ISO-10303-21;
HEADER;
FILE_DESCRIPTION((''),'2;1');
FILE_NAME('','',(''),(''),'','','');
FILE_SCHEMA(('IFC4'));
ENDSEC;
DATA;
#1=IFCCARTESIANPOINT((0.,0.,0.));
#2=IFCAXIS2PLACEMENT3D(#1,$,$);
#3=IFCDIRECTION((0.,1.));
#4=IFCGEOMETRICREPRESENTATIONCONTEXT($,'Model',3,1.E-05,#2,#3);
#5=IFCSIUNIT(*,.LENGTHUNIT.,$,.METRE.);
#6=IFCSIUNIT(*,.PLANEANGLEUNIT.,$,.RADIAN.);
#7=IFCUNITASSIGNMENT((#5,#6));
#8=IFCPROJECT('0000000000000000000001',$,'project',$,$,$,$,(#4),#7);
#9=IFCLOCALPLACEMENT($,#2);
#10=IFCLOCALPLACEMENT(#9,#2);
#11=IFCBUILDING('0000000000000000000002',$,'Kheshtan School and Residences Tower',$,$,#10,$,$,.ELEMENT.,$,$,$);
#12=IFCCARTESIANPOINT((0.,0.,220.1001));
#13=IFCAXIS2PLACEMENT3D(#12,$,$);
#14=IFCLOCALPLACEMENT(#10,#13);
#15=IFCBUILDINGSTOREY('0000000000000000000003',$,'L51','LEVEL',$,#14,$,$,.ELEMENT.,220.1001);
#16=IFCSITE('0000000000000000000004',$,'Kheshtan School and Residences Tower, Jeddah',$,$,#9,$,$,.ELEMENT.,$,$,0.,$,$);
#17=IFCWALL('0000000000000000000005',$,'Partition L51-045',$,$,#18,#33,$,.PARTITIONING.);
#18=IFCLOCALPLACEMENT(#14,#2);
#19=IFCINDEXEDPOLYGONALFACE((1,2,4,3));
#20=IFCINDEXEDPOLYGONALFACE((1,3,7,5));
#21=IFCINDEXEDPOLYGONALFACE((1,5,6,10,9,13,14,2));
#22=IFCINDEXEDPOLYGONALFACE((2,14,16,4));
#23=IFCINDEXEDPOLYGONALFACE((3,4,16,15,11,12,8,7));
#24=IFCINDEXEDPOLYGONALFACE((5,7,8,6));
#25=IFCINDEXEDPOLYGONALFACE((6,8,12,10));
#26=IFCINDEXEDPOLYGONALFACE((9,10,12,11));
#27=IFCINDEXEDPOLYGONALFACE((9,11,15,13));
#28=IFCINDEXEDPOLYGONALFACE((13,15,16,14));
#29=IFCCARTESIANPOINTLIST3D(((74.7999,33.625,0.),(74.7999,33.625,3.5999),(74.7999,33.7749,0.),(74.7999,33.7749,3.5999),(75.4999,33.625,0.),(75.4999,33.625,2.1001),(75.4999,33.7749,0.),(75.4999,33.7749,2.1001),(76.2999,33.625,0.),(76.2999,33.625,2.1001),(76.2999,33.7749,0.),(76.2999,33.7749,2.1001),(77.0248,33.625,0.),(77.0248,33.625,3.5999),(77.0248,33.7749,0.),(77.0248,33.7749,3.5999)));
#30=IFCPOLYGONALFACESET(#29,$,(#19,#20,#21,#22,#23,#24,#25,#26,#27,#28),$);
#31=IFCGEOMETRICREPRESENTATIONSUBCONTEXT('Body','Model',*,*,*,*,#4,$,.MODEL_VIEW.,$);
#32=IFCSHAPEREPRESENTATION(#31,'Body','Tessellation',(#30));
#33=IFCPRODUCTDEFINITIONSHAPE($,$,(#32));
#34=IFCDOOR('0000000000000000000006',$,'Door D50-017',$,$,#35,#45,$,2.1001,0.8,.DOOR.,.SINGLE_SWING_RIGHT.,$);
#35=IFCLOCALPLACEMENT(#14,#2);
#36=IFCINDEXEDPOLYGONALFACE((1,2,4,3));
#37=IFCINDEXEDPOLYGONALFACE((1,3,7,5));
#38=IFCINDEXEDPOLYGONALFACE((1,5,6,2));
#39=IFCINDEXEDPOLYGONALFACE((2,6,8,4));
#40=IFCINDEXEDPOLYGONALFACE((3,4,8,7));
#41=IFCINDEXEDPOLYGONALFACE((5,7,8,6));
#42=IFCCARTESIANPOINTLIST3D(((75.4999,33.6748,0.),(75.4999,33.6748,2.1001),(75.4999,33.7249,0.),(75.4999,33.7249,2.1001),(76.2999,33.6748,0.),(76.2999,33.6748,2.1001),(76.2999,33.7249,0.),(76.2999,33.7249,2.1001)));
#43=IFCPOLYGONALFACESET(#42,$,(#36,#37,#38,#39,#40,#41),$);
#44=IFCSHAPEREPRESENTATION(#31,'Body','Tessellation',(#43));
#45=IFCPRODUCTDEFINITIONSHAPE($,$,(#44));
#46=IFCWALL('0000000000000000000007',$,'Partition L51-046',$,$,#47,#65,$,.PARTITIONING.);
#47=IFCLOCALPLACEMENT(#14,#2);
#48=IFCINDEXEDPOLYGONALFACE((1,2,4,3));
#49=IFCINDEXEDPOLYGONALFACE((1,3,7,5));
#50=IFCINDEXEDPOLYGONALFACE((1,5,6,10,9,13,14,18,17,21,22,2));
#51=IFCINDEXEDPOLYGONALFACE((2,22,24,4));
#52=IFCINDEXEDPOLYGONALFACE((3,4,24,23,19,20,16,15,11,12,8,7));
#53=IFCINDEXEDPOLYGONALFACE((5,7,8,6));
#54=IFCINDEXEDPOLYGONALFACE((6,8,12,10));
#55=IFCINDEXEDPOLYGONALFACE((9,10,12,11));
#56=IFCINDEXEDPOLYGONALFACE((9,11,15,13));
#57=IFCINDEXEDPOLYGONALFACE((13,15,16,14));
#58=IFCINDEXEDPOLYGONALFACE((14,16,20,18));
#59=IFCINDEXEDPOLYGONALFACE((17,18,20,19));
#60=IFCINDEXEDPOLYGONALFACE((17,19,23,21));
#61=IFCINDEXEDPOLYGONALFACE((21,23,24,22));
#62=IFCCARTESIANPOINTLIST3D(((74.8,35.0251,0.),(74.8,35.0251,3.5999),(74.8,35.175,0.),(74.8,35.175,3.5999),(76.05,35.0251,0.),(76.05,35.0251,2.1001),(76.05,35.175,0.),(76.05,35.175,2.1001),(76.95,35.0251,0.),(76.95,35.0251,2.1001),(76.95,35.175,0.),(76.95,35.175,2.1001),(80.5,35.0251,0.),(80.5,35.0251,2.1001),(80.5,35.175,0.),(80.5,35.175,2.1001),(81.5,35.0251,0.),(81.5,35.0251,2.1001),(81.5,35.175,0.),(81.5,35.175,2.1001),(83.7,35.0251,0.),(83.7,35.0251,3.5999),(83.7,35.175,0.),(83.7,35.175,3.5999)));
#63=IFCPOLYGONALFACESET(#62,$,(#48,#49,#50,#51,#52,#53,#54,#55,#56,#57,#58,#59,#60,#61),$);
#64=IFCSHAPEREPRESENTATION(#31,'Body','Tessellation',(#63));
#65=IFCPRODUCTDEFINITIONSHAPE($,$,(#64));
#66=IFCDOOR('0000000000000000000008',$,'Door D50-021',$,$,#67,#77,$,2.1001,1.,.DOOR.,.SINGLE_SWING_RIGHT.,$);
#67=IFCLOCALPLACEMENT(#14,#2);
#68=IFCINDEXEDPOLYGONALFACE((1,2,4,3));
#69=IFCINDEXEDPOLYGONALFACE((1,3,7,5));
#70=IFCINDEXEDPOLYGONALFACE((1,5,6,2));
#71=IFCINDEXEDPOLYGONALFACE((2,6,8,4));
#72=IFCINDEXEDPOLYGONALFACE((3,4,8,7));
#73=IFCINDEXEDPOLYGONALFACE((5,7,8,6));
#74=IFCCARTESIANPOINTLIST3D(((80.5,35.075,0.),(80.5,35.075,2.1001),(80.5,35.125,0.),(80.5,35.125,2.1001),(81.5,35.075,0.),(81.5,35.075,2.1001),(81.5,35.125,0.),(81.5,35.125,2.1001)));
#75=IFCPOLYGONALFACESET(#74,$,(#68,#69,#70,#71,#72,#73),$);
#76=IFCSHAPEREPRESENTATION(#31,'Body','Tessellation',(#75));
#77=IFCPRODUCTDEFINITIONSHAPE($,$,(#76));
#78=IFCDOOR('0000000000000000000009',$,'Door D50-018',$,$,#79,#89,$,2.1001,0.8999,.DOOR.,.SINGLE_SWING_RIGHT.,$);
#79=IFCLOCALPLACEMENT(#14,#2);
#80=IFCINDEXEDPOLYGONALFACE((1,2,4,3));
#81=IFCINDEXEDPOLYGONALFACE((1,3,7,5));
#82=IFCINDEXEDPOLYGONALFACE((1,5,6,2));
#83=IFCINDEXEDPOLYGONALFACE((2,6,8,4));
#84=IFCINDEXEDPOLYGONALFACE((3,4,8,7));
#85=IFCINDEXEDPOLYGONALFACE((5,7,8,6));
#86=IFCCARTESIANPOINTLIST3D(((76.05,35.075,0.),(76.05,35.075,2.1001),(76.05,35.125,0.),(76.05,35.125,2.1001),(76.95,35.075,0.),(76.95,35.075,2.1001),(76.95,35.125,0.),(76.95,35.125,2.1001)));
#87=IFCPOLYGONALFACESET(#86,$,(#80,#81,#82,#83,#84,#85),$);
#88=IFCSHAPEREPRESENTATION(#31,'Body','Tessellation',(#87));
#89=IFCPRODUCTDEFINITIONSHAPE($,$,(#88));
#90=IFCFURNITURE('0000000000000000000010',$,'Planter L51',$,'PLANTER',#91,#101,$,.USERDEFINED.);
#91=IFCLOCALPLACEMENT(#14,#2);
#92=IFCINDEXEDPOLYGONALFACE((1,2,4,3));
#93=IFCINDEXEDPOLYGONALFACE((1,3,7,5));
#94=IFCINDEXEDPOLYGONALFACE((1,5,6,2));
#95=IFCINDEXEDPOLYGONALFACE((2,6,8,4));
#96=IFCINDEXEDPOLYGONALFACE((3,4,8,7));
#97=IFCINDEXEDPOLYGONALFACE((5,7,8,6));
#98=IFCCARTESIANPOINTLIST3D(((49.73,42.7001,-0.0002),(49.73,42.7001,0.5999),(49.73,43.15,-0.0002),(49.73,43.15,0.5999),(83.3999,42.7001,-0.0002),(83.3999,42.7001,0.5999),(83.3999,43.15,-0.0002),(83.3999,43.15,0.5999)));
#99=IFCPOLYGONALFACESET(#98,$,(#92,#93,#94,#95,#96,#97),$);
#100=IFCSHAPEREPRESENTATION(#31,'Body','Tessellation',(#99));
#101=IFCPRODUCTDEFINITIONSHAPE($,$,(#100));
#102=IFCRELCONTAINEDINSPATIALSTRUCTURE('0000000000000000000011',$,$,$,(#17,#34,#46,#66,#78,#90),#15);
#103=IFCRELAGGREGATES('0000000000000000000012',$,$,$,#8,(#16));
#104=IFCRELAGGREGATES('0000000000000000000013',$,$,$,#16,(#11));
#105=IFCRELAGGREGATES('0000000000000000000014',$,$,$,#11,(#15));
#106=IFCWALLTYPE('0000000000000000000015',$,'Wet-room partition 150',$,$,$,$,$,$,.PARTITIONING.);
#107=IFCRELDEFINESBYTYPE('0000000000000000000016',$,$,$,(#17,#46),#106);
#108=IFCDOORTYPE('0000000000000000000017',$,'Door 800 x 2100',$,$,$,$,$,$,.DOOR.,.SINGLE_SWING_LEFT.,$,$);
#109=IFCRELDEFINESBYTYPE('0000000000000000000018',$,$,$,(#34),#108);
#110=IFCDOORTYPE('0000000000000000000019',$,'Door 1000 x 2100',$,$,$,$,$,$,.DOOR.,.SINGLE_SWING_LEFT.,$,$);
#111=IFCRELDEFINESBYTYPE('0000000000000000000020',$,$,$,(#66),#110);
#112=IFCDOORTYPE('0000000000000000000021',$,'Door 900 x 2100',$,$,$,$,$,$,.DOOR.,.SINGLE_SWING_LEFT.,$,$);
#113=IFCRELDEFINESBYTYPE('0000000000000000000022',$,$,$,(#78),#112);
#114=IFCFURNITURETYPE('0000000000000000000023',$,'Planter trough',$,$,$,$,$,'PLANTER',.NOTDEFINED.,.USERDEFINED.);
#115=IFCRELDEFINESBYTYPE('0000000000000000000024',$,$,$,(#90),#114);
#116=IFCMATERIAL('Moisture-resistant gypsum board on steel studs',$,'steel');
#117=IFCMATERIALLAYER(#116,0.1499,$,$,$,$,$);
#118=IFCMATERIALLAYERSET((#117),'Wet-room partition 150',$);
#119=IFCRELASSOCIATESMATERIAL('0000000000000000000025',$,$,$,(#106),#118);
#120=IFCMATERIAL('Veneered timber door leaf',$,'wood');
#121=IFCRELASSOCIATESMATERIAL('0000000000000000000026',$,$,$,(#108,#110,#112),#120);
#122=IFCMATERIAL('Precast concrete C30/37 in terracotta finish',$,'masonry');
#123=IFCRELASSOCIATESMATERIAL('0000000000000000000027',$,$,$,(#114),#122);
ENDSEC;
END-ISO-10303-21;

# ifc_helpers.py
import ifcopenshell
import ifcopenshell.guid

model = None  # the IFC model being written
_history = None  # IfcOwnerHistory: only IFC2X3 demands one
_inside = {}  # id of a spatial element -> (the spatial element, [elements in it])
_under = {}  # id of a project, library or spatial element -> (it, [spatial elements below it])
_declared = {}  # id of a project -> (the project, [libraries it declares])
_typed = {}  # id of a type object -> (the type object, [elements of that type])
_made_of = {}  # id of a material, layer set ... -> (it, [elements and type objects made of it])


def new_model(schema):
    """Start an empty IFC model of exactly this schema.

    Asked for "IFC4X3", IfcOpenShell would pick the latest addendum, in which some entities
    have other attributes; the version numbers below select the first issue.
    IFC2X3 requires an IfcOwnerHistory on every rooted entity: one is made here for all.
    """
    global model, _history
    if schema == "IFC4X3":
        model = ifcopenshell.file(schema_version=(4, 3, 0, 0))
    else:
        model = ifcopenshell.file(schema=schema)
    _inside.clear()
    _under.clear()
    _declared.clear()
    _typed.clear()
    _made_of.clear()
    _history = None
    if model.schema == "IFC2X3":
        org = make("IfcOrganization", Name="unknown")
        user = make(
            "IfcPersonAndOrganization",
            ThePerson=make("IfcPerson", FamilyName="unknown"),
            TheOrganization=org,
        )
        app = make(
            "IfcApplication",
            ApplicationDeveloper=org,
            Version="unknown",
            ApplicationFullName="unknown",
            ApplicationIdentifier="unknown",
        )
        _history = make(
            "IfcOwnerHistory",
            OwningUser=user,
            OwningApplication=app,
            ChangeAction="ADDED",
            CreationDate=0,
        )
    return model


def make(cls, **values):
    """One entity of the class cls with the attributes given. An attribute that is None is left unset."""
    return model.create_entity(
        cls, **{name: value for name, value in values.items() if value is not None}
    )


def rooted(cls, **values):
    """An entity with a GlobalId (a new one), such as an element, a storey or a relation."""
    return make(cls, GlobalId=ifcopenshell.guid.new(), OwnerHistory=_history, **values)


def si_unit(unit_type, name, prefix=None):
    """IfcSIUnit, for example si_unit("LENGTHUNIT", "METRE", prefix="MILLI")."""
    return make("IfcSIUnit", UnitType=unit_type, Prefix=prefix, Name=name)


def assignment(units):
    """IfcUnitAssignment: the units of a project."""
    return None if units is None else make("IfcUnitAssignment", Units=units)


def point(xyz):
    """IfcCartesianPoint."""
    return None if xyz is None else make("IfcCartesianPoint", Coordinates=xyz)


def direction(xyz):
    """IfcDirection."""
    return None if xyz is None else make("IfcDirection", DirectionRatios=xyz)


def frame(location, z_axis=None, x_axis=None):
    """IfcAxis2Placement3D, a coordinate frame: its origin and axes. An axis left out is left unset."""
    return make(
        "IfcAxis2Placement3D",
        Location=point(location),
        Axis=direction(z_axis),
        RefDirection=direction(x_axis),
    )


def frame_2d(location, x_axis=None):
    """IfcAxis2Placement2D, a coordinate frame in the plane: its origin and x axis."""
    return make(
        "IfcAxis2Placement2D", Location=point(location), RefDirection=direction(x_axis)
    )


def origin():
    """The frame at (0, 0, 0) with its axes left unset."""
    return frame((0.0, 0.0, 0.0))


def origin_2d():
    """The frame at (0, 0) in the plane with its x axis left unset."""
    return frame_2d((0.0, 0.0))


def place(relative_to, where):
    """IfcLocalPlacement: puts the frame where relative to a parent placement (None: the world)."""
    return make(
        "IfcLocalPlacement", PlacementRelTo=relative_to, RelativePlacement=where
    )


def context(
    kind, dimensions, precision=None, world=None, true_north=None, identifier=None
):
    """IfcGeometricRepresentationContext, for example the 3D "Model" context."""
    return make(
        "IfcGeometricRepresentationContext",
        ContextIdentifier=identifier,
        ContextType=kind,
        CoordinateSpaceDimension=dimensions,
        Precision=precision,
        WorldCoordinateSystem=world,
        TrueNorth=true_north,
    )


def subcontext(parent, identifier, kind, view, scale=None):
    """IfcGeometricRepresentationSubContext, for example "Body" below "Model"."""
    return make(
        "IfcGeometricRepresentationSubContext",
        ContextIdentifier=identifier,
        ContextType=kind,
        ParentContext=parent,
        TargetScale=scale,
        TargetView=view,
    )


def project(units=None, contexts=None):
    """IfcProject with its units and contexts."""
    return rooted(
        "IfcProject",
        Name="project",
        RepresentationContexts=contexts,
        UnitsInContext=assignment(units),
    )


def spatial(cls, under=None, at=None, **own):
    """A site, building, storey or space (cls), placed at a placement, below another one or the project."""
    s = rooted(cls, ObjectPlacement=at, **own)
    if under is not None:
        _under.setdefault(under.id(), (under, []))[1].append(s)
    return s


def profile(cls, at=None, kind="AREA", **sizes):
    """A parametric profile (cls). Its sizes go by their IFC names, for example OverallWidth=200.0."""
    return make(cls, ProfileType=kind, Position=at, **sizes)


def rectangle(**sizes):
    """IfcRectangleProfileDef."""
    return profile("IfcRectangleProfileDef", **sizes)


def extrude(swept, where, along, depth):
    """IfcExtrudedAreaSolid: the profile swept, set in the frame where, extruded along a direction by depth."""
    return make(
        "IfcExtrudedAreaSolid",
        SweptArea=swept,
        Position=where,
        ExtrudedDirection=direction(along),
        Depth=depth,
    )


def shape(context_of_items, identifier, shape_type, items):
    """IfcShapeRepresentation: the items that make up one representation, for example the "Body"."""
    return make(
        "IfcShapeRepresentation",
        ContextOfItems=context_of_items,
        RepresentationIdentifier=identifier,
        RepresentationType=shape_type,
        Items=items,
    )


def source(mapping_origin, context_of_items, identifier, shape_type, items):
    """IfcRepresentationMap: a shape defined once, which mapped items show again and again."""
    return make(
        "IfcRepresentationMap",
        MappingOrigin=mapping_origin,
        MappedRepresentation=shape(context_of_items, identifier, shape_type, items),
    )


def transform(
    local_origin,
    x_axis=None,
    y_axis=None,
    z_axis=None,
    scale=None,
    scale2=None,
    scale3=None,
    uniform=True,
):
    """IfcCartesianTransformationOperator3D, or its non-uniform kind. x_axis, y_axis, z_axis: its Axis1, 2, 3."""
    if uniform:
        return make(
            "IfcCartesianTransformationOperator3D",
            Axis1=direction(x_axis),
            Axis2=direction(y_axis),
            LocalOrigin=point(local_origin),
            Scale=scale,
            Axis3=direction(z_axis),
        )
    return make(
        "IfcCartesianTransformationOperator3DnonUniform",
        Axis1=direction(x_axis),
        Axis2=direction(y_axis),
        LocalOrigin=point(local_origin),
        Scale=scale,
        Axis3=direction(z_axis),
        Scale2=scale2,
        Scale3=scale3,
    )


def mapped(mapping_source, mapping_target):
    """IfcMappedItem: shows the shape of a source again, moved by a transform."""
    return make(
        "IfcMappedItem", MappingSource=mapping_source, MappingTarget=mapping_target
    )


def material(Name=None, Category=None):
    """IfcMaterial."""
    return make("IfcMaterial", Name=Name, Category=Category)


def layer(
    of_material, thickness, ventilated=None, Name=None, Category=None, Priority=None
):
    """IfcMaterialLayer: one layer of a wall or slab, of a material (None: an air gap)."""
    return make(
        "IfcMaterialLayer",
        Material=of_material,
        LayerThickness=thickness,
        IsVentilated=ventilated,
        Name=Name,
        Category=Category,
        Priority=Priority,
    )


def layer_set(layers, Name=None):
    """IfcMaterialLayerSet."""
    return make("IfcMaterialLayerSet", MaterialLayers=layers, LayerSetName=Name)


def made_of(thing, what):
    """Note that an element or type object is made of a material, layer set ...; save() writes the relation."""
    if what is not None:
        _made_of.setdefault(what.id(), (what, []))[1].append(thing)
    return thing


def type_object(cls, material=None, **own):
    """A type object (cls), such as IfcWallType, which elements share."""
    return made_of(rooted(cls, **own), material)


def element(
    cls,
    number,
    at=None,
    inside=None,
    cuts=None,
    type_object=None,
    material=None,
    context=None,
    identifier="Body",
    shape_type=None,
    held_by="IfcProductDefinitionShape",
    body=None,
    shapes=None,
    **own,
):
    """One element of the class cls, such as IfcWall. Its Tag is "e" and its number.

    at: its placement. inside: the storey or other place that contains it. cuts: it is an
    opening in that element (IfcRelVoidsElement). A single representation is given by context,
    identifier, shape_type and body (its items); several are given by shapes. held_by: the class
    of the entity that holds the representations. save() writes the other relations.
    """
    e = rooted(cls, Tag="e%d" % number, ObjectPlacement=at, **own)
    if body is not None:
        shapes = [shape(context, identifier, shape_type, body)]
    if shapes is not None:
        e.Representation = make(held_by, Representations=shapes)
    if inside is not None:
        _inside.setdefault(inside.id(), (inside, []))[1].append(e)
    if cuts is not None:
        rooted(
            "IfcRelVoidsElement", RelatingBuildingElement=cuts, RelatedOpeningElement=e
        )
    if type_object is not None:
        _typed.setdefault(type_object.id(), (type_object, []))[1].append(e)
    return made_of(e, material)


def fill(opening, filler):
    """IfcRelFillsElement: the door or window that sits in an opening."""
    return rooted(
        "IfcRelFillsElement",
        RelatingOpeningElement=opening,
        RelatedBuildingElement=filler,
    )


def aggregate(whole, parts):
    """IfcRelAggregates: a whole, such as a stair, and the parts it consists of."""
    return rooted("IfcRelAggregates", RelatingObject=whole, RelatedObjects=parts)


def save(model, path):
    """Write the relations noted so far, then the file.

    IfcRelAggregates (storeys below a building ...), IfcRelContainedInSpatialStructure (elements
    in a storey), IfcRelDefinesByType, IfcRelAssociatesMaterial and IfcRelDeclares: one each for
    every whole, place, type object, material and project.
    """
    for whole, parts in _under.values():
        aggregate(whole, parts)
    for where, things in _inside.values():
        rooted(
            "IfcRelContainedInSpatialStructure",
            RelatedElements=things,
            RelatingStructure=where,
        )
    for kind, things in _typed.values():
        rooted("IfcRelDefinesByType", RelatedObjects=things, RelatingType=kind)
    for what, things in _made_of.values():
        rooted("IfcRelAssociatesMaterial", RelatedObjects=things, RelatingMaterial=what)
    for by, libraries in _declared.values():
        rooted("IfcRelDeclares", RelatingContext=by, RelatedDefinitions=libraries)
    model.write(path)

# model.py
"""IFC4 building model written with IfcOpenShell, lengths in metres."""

from ifc_helpers import new_model, si_unit, direction, frame, frame_2d, origin, origin_2d, place, context, subcontext, project, spatial, rectangle, extrude, source, transform, mapped, material, layer, layer_set, type_object, element, fill, save


model = new_model("IFC4")

# Units and contexts
model_context = context("Model", 3, precision=1e-05, world=origin(), true_north=direction((0.0, 1.0)))
body_context = subcontext(model_context, "Body", "Model", "MODEL_VIEW")
ifc_project = project(units=[si_unit("LENGTHUNIT", "METRE"), si_unit("PLANEANGLEUNIT", "RADIAN")], contexts=[model_context])

# Site, building, storey
site_placement = place(None, origin())
site = spatial("IfcSite", under=ifc_project, at=site_placement, Name="Kheshtan School and Residences Tower, Jeddah", CompositionType="ELEMENT", RefElevation=0.0)
building_placement = place(site_placement, origin())
building = spatial("IfcBuilding", under=site, at=building_placement, Name="Kheshtan School and Residences Tower", CompositionType="ELEMENT")
storey_placement = place(building_placement, frame((0.0, 0.0, 220.1001)))
storey = spatial("IfcBuildingStorey", under=building, at=storey_placement, Name="L51", Description="LEVEL", CompositionType="ELEMENT", Elevation=220.1001)

# Shared definitions
ifc_material_1 = material(Name="Moisture-resistant gypsum board on steel studs", Category="steel")
ifc_layer_1 = layer(ifc_material_1, 0.1499)
ifc_layer_set_1 = layer_set([ifc_layer_1], Name="Wet-room partition 150")
wall_type_1 = type_object("IfcWallType", Name="Wet-room partition 150", PredefinedType="PARTITIONING", material=ifc_layer_set_1)

# Shared definitions
ifc_material_2 = material(Name="Veneered timber door leaf", Category="wood")
door_type_1 = type_object("IfcDoorType", Name="Door 800 x 2100", OperationType="SINGLE_SWING_LEFT", PredefinedType="DOOR", material=ifc_material_2)
shared_shape_1 = source(origin(), body_context, "Body", "SweptSolid", [
    extrude(rectangle(XDim=0.8, YDim=2.1001, at=frame_2d((0.3999, 1.05))), frame((0.0, 0.0249, 0.0), z_axis=(0.0, -1.0, 0.0), x_axis=(1.0, 0.0, 0.0)), (0.0, 0.0, 1.0), 0.05),
])

# Shared definitions
door_type_2 = type_object("IfcDoorType", Name="Door 1000 x 2100", OperationType="SINGLE_SWING_LEFT", PredefinedType="DOOR", material=ifc_material_2)
shared_shape_2 = source(origin(), body_context, "Body", "SweptSolid", [
    extrude(rectangle(XDim=1.0, YDim=2.1001, at=frame_2d((0.5, 1.05))), frame((0.0, 0.0249, 0.0), z_axis=(0.0, -1.0, 0.0), x_axis=(1.0, 0.0, 0.0)), (0.0, 0.0, 1.0), 0.05),
])
door_type_3 = type_object("IfcDoorType", Name="Door 900 x 2100", OperationType="SINGLE_SWING_LEFT", PredefinedType="DOOR", material=ifc_material_2)
shared_shape_3 = source(origin(), body_context, "Body", "SweptSolid", [
    extrude(rectangle(XDim=0.8999, YDim=2.1001, at=frame_2d((0.45, 1.05))), frame((0.0, 0.0249, 0.0), z_axis=(0.0, -1.0, 0.0), x_axis=(1.0, 0.0, 0.0)), (0.0, 0.0, 1.0), 0.05),
])

# Wall, opening, door
wall_1_placement = place(storey_placement, frame((74.8, 33.7, 0.0), z_axis=(0.0, 0.0, 1.0), x_axis=(1.0, 0.0, 0.0)))
wall_1 = element("IfcWall", 1, at=wall_1_placement, inside=storey, type_object=wall_type_1, Name="Partition L51-045", PredefinedType="PARTITIONING", context=body_context, shape_type="SweptSolid", body=[
    extrude(rectangle(XDim=2.2249, YDim=0.1499, at=frame_2d((1.1123, 0.0))), origin(), (0.0, 0.0, 1.0), 3.5999),
])
opening_1_placement = place(wall_1_placement, frame((0.7, 0.0, 0.0)))
opening_1 = element("IfcOpeningElement", 2, at=opening_1_placement, cuts=wall_1, PredefinedType="OPENING", context=body_context, shape_type="SweptSolid", body=[
    extrude(rectangle(XDim=0.8, YDim=2.1001, at=frame_2d((0.3999, 1.05))), frame((0.0, 0.085, 0.0), z_axis=(0.0, -1.0, 0.0), x_axis=(1.0, 0.0, 0.0)), (0.0, 0.0, 1.0), 0.1699),
])
door_1_placement = place(opening_1_placement, origin())
door_1 = element("IfcDoor", 3, at=door_1_placement, inside=storey, type_object=door_type_1, Name="Door D50-017", OperationType="SINGLE_SWING_RIGHT", OverallHeight=2.1001, OverallWidth=0.8, PredefinedType="DOOR", context=body_context, shape_type="MappedRepresentation", body=[
    mapped(shared_shape_1, transform((0.0, 0.0, 0.0), x_axis=(1.0, 0.0, 0.0), y_axis=(0.0, 1.0, 0.0), z_axis=(0.0, 0.0, 1.0), scale=1.0)),
])
fill(opening_1, door_1)

# Wall, openings, doors
wall_2_placement = place(storey_placement, frame((74.8, 35.1001, 0.0), z_axis=(0.0, 0.0, 1.0), x_axis=(1.0, 0.0, 0.0)))
wall_2 = element("IfcWall", 4, at=wall_2_placement, inside=storey, type_object=wall_type_1, Name="Partition L51-046", PredefinedType="PARTITIONING", context=body_context, shape_type="SweptSolid", body=[
    extrude(rectangle(XDim=8.8999, YDim=0.1499, at=frame_2d((4.45, 0.0))), origin(), (0.0, 0.0, 1.0), 3.5999),
])
opening_2_placement = place(wall_2_placement, frame((1.25, 0.0, 0.0)))
opening_2 = element("IfcOpeningElement", 5, at=opening_2_placement, cuts=wall_2, PredefinedType="OPENING", context=body_context, shape_type="SweptSolid", body=[
    extrude(rectangle(XDim=0.8999, YDim=2.1001, at=frame_2d((0.45, 1.05))), frame((0.0, 0.085, 0.0), z_axis=(0.0, -1.0, 0.0), x_axis=(1.0, 0.0, 0.0)), (0.0, 0.0, 1.0), 0.1699),
])
opening_3_placement = place(wall_2_placement, frame((5.7, 0.0, 0.0)))
opening_3 = element("IfcOpeningElement", 6, at=opening_3_placement, cuts=wall_2, PredefinedType="OPENING", context=body_context, shape_type="SweptSolid", body=[
    extrude(rectangle(XDim=1.0, YDim=2.1001, at=frame_2d((0.5, 1.05))), frame((0.0, 0.085, 0.0), z_axis=(0.0, -1.0, 0.0), x_axis=(1.0, 0.0, 0.0)), (0.0, 0.0, 1.0), 0.1699),
])
door_2_placement = place(opening_3_placement, origin())
door_2 = element("IfcDoor", 7, at=door_2_placement, inside=storey, type_object=door_type_2, Name="Door D50-021", OperationType="SINGLE_SWING_RIGHT", OverallHeight=2.1001, OverallWidth=1.0, PredefinedType="DOOR", context=body_context, shape_type="MappedRepresentation", body=[
    mapped(shared_shape_2, transform((0.0, 0.0, 0.0), x_axis=(1.0, 0.0, 0.0), y_axis=(0.0, 1.0, 0.0), z_axis=(0.0, 0.0, 1.0), scale=1.0)),
])
fill(opening_3, door_2)
door_3_placement = place(opening_2_placement, origin())
door_3 = element("IfcDoor", 8, at=door_3_placement, inside=storey, type_object=door_type_3, Name="Door D50-018", OperationType="SINGLE_SWING_RIGHT", OverallHeight=2.1001, OverallWidth=0.8999, PredefinedType="DOOR", context=body_context, shape_type="MappedRepresentation", body=[
    mapped(shared_shape_3, transform((0.0, 0.0, 0.0), x_axis=(1.0, 0.0, 0.0), y_axis=(0.0, 1.0, 0.0), z_axis=(0.0, 0.0, 1.0), scale=1.0)),
])
fill(opening_2, door_3)

# Furniture
ifc_material_3 = material(Name="Precast concrete C30/37 in terracotta finish", Category="masonry")
furniture_type = type_object("IfcFurnitureType", Name="Planter trough", ElementType="PLANTER", AssemblyPlace="NOTDEFINED", PredefinedType="USERDEFINED", material=ifc_material_3)
furniture_placement = place(storey_placement, frame((66.5649, 42.925, -0.0002), z_axis=(0.0, 0.0, 1.0), x_axis=(1.0, 0.0, 0.0)))
element("IfcFurniture", 9, at=furniture_placement, inside=storey, type_object=furniture_type, Name="Planter L51", ObjectType="PLANTER", PredefinedType="USERDEFINED", context=body_context, shape_type="SweptSolid", body=[
    extrude(rectangle(XDim=33.6699, YDim=0.45, at=origin_2d()), origin(), (0.0, 0.0, 1.0), 0.6001),
])

save(model, "model.ifc")
